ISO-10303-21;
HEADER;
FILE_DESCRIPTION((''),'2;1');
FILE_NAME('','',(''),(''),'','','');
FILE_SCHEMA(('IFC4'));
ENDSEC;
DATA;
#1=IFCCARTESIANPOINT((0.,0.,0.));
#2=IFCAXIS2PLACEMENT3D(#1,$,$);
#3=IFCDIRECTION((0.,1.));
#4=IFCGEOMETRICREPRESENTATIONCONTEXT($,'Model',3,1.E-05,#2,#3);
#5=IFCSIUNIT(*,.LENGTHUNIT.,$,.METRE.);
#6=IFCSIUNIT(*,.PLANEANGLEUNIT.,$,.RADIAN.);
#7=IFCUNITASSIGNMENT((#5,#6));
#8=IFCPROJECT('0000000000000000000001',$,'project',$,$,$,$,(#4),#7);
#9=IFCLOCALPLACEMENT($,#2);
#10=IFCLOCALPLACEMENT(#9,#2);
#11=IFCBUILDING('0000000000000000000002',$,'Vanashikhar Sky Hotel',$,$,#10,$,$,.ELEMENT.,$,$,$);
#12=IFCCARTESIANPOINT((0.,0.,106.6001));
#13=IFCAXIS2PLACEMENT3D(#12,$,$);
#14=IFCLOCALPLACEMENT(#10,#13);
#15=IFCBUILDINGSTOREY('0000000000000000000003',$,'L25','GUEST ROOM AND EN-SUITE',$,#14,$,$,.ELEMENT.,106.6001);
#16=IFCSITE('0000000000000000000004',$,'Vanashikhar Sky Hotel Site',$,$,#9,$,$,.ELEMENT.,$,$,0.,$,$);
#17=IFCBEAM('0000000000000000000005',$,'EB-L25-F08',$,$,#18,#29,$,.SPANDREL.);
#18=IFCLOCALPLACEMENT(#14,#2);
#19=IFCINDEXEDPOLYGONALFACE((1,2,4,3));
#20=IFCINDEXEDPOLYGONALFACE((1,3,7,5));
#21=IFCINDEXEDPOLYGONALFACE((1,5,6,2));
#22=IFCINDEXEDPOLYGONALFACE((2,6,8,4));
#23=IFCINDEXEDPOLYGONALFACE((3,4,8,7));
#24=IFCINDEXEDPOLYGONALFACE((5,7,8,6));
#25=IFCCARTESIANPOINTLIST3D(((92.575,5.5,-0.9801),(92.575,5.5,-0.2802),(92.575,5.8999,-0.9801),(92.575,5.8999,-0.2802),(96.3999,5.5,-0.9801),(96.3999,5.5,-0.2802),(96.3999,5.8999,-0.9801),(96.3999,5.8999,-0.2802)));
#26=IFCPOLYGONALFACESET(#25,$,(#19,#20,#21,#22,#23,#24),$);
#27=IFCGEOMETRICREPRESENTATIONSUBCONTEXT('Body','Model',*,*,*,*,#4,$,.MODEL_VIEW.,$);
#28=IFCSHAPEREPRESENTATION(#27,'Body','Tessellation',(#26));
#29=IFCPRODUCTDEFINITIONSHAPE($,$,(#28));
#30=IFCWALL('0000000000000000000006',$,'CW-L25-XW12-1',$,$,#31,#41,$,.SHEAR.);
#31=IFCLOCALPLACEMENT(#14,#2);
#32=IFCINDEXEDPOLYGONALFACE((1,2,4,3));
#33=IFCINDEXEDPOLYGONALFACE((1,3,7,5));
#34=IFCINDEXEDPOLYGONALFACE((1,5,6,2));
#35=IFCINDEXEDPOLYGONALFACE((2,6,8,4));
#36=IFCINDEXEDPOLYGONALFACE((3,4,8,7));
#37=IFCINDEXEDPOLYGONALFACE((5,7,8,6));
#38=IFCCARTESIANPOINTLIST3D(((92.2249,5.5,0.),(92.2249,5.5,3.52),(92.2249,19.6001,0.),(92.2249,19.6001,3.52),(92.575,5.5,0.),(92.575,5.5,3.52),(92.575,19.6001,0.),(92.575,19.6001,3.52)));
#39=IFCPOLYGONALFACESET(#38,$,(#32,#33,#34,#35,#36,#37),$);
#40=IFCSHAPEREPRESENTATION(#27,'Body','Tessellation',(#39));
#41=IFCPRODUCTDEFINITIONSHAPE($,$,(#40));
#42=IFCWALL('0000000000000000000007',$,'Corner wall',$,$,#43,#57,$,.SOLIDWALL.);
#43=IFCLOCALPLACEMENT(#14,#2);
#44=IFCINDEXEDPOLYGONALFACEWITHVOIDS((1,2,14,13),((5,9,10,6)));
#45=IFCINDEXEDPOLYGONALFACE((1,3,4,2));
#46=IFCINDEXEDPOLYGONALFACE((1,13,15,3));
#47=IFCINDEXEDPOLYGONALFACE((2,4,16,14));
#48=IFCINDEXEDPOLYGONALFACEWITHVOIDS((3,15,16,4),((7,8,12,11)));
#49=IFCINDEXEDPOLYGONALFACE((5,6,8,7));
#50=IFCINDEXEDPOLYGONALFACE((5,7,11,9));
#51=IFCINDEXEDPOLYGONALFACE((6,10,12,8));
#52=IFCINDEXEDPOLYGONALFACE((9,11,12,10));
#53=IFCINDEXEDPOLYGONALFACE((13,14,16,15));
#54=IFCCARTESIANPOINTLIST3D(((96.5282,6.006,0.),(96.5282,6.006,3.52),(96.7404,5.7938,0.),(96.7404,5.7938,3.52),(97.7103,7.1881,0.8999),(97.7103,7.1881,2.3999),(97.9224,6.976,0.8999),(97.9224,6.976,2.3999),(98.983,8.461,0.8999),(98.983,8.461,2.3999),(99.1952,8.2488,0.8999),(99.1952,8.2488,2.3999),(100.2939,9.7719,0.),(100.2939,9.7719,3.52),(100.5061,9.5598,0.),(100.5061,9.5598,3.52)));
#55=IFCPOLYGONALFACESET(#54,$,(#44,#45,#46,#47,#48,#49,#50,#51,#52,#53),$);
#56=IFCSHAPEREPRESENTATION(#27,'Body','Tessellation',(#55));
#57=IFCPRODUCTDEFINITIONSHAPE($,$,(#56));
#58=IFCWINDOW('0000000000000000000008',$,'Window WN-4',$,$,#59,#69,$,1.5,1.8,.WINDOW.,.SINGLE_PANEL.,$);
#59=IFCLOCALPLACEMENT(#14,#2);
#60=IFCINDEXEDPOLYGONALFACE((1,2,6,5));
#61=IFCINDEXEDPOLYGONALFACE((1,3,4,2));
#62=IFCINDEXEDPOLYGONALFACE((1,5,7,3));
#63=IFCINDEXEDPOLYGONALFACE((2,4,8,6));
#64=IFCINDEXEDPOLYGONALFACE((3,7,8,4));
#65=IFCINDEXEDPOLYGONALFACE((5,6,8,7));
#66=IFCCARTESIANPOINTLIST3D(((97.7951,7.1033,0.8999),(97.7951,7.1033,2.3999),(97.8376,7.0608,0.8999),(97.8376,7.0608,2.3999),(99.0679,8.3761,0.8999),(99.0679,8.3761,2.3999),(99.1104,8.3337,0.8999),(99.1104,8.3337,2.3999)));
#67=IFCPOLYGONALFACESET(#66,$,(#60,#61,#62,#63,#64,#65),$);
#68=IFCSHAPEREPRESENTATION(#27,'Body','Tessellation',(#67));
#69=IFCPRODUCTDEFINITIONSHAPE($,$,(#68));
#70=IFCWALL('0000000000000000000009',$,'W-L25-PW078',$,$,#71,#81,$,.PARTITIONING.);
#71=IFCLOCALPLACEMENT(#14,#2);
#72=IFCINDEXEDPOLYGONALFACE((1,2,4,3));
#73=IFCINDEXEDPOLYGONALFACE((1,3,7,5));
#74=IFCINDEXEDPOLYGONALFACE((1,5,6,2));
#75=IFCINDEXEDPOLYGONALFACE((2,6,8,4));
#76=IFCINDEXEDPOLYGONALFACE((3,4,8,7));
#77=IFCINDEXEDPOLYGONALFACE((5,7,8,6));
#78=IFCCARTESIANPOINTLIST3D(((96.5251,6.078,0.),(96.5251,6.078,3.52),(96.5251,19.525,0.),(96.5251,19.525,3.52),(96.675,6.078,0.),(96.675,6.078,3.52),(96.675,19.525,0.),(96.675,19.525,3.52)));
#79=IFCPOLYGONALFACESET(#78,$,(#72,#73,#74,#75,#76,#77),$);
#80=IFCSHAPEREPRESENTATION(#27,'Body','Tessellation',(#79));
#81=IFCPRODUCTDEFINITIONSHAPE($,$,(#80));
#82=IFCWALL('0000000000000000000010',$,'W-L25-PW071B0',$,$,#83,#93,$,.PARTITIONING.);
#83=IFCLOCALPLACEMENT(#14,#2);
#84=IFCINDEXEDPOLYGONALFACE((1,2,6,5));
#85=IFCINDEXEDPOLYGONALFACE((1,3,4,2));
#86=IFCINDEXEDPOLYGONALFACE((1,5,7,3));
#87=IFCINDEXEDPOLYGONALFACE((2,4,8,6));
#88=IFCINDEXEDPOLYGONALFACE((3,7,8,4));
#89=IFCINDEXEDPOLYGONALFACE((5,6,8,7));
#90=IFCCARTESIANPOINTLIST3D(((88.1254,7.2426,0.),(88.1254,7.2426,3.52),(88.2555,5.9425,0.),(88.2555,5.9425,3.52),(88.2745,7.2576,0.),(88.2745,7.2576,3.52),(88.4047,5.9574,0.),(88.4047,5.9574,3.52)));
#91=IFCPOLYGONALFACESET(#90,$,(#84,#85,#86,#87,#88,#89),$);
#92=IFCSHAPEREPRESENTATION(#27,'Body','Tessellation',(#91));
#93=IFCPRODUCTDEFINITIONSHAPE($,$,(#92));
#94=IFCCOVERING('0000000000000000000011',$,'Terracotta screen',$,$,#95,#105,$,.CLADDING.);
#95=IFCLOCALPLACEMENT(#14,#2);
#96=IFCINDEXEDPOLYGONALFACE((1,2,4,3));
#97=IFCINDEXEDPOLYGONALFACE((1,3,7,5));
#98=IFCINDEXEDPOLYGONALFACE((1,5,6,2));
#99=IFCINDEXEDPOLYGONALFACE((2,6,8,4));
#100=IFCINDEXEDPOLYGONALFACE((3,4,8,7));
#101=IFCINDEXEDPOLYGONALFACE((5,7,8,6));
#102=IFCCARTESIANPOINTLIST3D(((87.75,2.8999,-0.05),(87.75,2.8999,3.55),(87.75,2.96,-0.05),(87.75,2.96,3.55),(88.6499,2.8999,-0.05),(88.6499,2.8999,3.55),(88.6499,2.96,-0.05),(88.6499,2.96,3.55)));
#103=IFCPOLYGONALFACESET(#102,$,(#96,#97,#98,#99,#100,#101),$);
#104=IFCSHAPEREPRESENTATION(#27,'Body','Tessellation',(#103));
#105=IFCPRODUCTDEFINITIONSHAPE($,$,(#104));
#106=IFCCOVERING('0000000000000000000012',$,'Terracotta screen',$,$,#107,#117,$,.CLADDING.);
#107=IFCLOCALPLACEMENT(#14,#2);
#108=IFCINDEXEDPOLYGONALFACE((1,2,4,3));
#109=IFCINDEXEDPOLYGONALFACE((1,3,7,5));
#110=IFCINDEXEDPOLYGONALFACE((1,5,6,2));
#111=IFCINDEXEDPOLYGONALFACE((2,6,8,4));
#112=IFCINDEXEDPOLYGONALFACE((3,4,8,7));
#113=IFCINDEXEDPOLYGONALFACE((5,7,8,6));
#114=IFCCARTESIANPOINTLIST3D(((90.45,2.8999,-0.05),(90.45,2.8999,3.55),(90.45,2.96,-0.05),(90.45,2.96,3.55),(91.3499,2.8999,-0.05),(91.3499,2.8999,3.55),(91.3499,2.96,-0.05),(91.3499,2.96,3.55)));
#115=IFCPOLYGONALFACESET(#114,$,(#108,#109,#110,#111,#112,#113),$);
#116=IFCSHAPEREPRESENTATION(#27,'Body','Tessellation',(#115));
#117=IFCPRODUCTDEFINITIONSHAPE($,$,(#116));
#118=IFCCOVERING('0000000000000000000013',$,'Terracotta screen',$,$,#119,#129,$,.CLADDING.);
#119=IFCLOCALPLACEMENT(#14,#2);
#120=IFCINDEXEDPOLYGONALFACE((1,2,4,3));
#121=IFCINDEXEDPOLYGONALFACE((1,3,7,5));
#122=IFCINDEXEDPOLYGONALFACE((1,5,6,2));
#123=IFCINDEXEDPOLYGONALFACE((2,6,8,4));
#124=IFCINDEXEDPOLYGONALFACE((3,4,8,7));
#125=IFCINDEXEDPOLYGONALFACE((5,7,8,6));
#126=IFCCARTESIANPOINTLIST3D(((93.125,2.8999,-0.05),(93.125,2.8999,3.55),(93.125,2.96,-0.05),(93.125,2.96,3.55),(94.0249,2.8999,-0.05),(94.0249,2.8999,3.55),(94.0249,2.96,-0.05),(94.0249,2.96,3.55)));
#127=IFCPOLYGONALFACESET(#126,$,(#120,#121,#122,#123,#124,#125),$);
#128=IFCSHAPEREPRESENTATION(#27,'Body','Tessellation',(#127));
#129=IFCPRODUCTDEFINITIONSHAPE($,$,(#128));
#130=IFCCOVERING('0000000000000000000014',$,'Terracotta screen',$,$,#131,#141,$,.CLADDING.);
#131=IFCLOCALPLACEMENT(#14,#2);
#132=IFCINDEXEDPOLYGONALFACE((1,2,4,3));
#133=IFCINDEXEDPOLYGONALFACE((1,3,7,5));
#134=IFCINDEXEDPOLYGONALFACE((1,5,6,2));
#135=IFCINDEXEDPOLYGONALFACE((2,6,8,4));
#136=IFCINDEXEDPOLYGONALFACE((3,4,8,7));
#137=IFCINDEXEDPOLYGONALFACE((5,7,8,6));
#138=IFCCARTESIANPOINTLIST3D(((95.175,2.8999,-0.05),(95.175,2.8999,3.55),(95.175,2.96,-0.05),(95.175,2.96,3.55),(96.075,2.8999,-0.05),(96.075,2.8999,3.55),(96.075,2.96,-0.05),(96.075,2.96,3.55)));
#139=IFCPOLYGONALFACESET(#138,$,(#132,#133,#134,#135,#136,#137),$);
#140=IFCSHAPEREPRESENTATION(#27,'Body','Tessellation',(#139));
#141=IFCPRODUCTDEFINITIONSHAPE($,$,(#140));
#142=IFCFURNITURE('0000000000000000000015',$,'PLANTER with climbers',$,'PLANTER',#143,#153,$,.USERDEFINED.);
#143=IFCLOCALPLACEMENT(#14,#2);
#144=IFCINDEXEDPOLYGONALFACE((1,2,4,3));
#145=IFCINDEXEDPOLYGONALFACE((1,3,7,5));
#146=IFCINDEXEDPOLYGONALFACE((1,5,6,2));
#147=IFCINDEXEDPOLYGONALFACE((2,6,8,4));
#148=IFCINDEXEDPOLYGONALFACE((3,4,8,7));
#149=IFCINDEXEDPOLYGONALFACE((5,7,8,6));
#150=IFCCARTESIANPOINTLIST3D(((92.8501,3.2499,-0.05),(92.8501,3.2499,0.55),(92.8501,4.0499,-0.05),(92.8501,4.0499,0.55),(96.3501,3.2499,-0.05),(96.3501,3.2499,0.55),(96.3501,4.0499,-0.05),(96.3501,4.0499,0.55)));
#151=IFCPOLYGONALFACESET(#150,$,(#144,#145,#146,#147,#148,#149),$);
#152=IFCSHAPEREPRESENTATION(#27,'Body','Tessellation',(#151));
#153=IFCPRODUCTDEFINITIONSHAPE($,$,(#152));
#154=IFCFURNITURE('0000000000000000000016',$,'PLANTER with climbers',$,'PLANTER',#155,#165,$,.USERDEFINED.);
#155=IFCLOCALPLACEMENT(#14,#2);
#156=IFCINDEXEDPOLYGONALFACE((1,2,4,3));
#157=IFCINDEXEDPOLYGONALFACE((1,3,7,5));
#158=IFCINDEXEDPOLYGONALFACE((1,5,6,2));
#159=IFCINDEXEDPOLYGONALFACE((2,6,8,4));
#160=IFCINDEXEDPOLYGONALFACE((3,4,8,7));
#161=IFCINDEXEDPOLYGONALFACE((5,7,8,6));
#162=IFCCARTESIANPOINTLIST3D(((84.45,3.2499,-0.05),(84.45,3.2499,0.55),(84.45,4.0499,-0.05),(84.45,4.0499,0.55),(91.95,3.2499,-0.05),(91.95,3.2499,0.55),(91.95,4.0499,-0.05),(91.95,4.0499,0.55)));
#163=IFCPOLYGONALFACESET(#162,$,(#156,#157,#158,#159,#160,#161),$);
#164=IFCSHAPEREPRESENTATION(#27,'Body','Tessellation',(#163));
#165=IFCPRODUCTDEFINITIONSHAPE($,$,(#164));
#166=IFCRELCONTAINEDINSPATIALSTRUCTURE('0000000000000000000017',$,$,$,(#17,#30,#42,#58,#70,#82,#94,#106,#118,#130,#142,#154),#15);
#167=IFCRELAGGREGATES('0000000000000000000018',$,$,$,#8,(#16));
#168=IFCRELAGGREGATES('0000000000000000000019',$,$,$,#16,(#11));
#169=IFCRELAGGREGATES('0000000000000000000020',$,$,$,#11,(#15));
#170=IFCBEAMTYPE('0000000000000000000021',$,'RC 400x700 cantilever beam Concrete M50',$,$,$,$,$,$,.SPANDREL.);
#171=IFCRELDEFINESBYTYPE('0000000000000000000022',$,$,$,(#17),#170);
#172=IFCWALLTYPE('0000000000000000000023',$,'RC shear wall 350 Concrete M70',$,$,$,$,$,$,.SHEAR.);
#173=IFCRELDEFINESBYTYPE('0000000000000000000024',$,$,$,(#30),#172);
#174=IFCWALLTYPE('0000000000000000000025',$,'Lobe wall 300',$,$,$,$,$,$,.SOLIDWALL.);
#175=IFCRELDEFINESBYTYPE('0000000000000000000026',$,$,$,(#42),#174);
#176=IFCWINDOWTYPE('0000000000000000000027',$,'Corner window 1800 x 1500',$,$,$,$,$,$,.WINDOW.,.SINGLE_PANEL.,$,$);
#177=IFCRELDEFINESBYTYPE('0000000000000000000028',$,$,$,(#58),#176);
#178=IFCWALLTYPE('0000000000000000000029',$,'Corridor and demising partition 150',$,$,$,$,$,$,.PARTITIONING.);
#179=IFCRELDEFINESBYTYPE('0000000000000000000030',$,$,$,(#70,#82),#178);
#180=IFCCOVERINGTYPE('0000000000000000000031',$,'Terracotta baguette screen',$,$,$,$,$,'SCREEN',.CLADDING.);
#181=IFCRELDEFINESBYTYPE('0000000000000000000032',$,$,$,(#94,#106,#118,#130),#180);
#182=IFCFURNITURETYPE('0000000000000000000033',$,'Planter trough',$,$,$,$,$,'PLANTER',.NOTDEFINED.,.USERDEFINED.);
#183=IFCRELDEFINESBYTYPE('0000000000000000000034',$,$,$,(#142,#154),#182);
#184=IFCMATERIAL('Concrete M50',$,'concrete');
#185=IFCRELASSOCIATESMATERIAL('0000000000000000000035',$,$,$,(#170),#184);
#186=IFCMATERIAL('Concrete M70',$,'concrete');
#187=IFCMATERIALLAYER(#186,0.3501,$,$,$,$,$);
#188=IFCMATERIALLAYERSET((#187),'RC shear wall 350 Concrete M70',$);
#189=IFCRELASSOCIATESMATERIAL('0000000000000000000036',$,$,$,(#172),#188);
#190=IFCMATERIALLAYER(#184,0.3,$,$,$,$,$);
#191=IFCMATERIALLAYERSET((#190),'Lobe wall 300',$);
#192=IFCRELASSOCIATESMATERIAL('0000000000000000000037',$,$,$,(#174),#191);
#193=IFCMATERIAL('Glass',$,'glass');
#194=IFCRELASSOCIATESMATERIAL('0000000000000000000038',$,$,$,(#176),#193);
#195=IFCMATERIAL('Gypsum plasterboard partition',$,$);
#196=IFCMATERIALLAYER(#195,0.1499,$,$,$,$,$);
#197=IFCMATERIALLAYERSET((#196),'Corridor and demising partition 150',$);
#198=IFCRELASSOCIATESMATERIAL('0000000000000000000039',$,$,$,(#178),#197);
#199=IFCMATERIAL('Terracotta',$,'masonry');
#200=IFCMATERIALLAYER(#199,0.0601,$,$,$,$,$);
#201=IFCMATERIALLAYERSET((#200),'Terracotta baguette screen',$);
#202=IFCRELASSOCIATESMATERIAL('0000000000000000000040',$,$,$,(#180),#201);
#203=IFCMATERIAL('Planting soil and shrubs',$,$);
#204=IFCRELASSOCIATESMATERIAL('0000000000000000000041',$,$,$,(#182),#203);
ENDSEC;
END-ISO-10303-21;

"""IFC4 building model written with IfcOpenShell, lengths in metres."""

from ifc_helpers import new_model, si_unit, direction, frame, frame_2d, origin, origin_2d, place, context, subcontext, project, spatial, rectangle, extrude, source, transform, mapped, material, layer, layer_set, material_profile, profile_set, type_object, element, fill, save


model = new_model("IFC4")

# Units and contexts
model_context = context("Model", 3, precision=1e-05, world=origin(), true_north=direction((0.0, 1.0)))
body_context = subcontext(model_context, "Body", "Model", "MODEL_VIEW")
ifc_project = project(units=[si_unit("LENGTHUNIT", "METRE"), si_unit("PLANEANGLEUNIT", "RADIAN")], contexts=[model_context])

# Site, building, storey
site_placement = place(None, origin())
site = spatial("IfcSite", under=ifc_project, at=site_placement, Name="Vanashikhar Sky Hotel Site", CompositionType="ELEMENT", RefElevation=0.0)
building_placement = place(site_placement, origin())
building = spatial("IfcBuilding", under=site, at=building_placement, Name="Vanashikhar Sky Hotel", CompositionType="ELEMENT")
storey_placement = place(building_placement, frame((0.0, 0.0, 106.6001)))
storey = spatial("IfcBuildingStorey", under=building, at=storey_placement, Name="L25", Description="GUEST ROOM AND EN-SUITE", CompositionType="ELEMENT", Elevation=106.6001)

# Beam
ifc_material_1 = material(Name="Concrete M50", Category="concrete")
ifc_material_profile = material_profile(ifc_material_1, rectangle(XDim=0.3999, YDim=0.7, at=origin_2d()))
ifc_profile_set = profile_set([ifc_material_profile], Name="RC 400x700 cantilever beam Concrete M50")
beam_type = type_object("IfcBeamType", Name="RC 400x700 cantilever beam Concrete M50", PredefinedType="SPANDREL", material=ifc_profile_set)
shared_shape_1 = source(origin(), body_context, "Body", "SweptSolid", [
    extrude(rectangle(XDim=0.3999, YDim=0.7, at=origin_2d()), origin(), (0.0, 0.0, 1.0), 3.825),
])
beam_placement = place(storey_placement, frame((92.575, 5.7, -0.6301), z_axis=(1.0, 0.0, 0.0), x_axis=(0.0, 1.0, 0.0)))
element("IfcBeam", 1, at=beam_placement, inside=storey, type_object=beam_type, Name="EB-L25-F08", PredefinedType="SPANDREL", context=body_context, shape_type="MappedRepresentation", body=[
    mapped(shared_shape_1, transform((0.0, 0.0, 0.0), scale=1.0)),
])

# Wall
ifc_material_2 = material(Name="Concrete M70", Category="concrete")
ifc_layer_1 = layer(ifc_material_2, 0.3501)
ifc_layer_set_1 = layer_set([ifc_layer_1], Name="RC shear wall 350 Concrete M70")
wall_type_1 = type_object("IfcWallType", Name="RC shear wall 350 Concrete M70", PredefinedType="SHEAR", material=ifc_layer_set_1)
shared_shape_2 = source(origin(), body_context, "Body", "SweptSolid", [
    extrude(rectangle(XDim=14.1001, YDim=0.3501, at=frame_2d((7.05, 0.0))), origin(), (0.0, 0.0, 1.0), 3.52),
])
wall_1_placement = place(storey_placement, frame((92.3999, 5.5, 0.0), z_axis=(0.0, 0.0, 1.0), x_axis=(0.0, 1.0, 0.0)))
element("IfcWall", 2, at=wall_1_placement, inside=storey, type_object=wall_type_1, Name="CW-L25-XW12-1", PredefinedType="SHEAR", context=body_context, shape_type="MappedRepresentation", body=[
    mapped(shared_shape_2, transform((0.0, 0.0, 0.0), scale=1.0)),
])

# Wall, opening, window
ifc_layer_2 = layer(ifc_material_1, 0.3)
ifc_layer_set_2 = layer_set([ifc_layer_2], Name="Lobe wall 300")
wall_type_2 = type_object("IfcWallType", Name="Lobe wall 300", PredefinedType="SOLIDWALL", material=ifc_layer_set_2)
shared_shape_3 = source(origin(), body_context, "Body", "SweptSolid", [
    extrude(rectangle(XDim=5.3257, YDim=0.3, at=frame_2d((2.6628, 0.0))), origin(), (0.0, 0.0, 1.0), 3.52),
])
wall_2_placement = place(storey_placement, frame((96.6343, 5.8999, 0.0), z_axis=(0.0, 0.0, 1.0), x_axis=(0.707084, 0.70713, 0.0)))
wall_2 = element("IfcWall", 3, at=wall_2_placement, inside=storey, type_object=wall_type_2, Name="Corner wall", PredefinedType="SOLIDWALL", context=body_context, shape_type="MappedRepresentation", body=[
    mapped(shared_shape_3, transform((0.0, 0.0, 0.0), scale=1.0)),
])
shared_shape_4 = source(origin(), body_context, "Body", "SweptSolid", [
    extrude(rectangle(XDim=1.8, YDim=1.5, at=frame_2d((0.8999, 0.75))), frame((0.0, 0.1602, 0.0), z_axis=(0.0, -1.0, 0.0), x_axis=(1.0, 0.0, 0.0)), (0.0, 0.0, 1.0), 0.3201),
])
opening_1_placement = place(wall_2_placement, frame((1.6719, 0.0, 0.8999)))
opening_1 = element("IfcOpeningElement", 4, at=opening_1_placement, cuts=wall_2, PredefinedType="OPENING", context=body_context, shape_type="MappedRepresentation", body=[
    mapped(shared_shape_4, transform((0.0, 0.0, 0.0), scale=1.0)),
])
ifc_material_3 = material(Name="Glass", Category="glass")
window_type_1 = type_object("IfcWindowType", Name="Corner window 1800 x 1500", PartitioningType="SINGLE_PANEL", PredefinedType="WINDOW", material=ifc_material_3)
shared_shape_5 = source(origin(), body_context, "Body", "SweptSolid", [
    extrude(rectangle(XDim=1.8, YDim=1.5, at=frame_2d((0.8999, 0.75))), frame((0.0, 0.03, 0.0), z_axis=(0.0, -1.0, 0.0), x_axis=(1.0, 0.0, 0.0)), (0.0, 0.0, 1.0), 0.0601),
])
window_1_placement = place(opening_1_placement, origin())
window_1 = element("IfcWindow", 5, at=window_1_placement, inside=storey, type_object=window_type_1, Name="Window WN-4", OverallHeight=1.5, OverallWidth=1.8, PartitioningType="SINGLE_PANEL", PredefinedType="WINDOW", context=body_context, shape_type="MappedRepresentation", body=[
    mapped(shared_shape_5, transform((0.0, 0.0, 0.0), scale=1.0)),
])
fill(opening_1, window_1)

# Walls
ifc_material_4 = material(Name="Gypsum plasterboard partition")
ifc_layer_3 = layer(ifc_material_4, 0.1499)
ifc_layer_set_3 = layer_set([ifc_layer_3], Name="Corridor and demising partition 150")
wall_type_3 = type_object("IfcWallType", Name="Corridor and demising partition 150", PredefinedType="PARTITIONING", material=ifc_layer_set_3)
shared_shape_6 = source(origin(), body_context, "Body", "SweptSolid", [
    extrude(rectangle(XDim=13.447, YDim=0.1499, at=frame_2d((6.7236, 0.0))), origin(), (0.0, 0.0, 1.0), 3.52),
])
wall_3_placement = place(storey_placement, frame((96.6001, 6.0779, 0.0), z_axis=(0.0, 0.0, 1.0), x_axis=(0.0, 1.0, 0.0)))
element("IfcWall", 6, at=wall_3_placement, inside=storey, type_object=wall_type_3, Name="W-L25-PW078", PredefinedType="PARTITIONING", context=body_context, shape_type="MappedRepresentation", body=[
    mapped(shared_shape_6, transform((0.0, 0.0, 0.0), scale=1.0)),
])
shared_shape_7 = source(origin(), body_context, "Body", "SweptSolid", [
    extrude(rectangle(XDim=1.3066, YDim=0.1499, at=frame_2d((0.6533, 0.0))), origin(), (0.0, 0.0, 1.0), 3.52),
])
wall_4_placement = place(storey_placement, frame((88.3301, 5.95, 0.0), z_axis=(0.0, 0.0, 1.0), x_axis=(-0.099596, 0.995028, 0.0)))
element("IfcWall", 7, at=wall_4_placement, inside=storey, type_object=wall_type_3, Name="W-L25-PW071B0", PredefinedType="PARTITIONING", context=body_context, shape_type="MappedRepresentation", body=[
    mapped(shared_shape_7, transform((0.0, 0.0, 0.0), scale=1.0)),
])

# Coverings
ifc_material_5 = material(Name="Terracotta", Category="masonry")
ifc_layer_4 = layer(ifc_material_5, 0.0601)
ifc_layer_set_4 = layer_set([ifc_layer_4], Name="Terracotta baguette screen")
covering_type = type_object("IfcCoveringType", Name="Terracotta baguette screen", ElementType="SCREEN", PredefinedType="CLADDING", material=ifc_layer_set_4)
shared_shape_8 = source(origin(), body_context, "Body", "SweptSolid", [
    extrude(rectangle(XDim=0.8999, YDim=0.0601, at=origin_2d()), origin(), (0.0, 0.0, 1.0), 3.6001),
])
for number, where, z_axis, x_axis, name in (
    (8, (88.2, 2.9299, -0.05), (0.0, 0.0, 1.0), (1.0, 0.0, 0.0), "Terracotta screen"),
    (9, (90.8999, 2.9299, -0.05), (0.0, 0.0, 1.0), (1.0, 0.0, 0.0), "Terracotta screen"),
    (10, (93.575, 2.9299, -0.05), (0.0, 0.0, 1.0), (1.0, 0.0, 0.0), "Terracotta screen"),
    (11, (95.625, 2.9299, -0.05), (0.0, 0.0, 1.0), (1.0, 0.0, 0.0), "Terracotta screen"),
):
    element("IfcCovering", number, at=place(storey_placement, frame(where, z_axis=z_axis, x_axis=x_axis)), inside=storey, type_object=covering_type, Name=name, PredefinedType="CLADDING", context=body_context, shape_type="MappedRepresentation", body=[
        mapped(shared_shape_8, transform((0.0, 0.0, 0.0), scale=1.0)),
    ])

# Furniture
ifc_material_6 = material(Name="Planting soil and shrubs")
furniture_type = type_object("IfcFurnitureType", Name="Planter trough", ElementType="PLANTER", AssemblyPlace="NOTDEFINED", PredefinedType="USERDEFINED", material=ifc_material_6)
shared_shape_9 = source(origin(), body_context, "Body", "SweptSolid", [
    extrude(rectangle(XDim=3.5, YDim=0.8, at=origin_2d()), origin(), (0.0, 0.0, 1.0), 0.6001),
])
furniture_1_placement = place(storey_placement, frame((94.6001, 3.6499, -0.05), z_axis=(0.0, 0.0, 1.0), x_axis=(1.0, 0.0, 0.0)))
element("IfcFurniture", 12, at=furniture_1_placement, inside=storey, type_object=furniture_type, Name="PLANTER with climbers", ObjectType="PLANTER", PredefinedType="USERDEFINED", context=body_context, shape_type="MappedRepresentation", body=[
    mapped(shared_shape_9, transform((0.0, 0.0, 0.0), scale=1.0)),
])
shared_shape_10 = source(origin(), body_context, "Body", "SweptSolid", [
    extrude(rectangle(XDim=7.5, YDim=0.8, at=origin_2d()), origin(), (0.0, 0.0, 1.0), 0.6001),
])
furniture_2_placement = place(storey_placement, frame((88.2, 3.6499, -0.05), z_axis=(0.0, 0.0, 1.0), x_axis=(1.0, 0.0, 0.0)))
element("IfcFurniture", 13, at=furniture_2_placement, inside=storey, type_object=furniture_type, Name="PLANTER with climbers", ObjectType="PLANTER", PredefinedType="USERDEFINED", context=body_context, shape_type="MappedRepresentation", body=[
    mapped(shared_shape_10, transform((0.0, 0.0, 0.0), scale=1.0)),
])

save(model, "model.ifc")
